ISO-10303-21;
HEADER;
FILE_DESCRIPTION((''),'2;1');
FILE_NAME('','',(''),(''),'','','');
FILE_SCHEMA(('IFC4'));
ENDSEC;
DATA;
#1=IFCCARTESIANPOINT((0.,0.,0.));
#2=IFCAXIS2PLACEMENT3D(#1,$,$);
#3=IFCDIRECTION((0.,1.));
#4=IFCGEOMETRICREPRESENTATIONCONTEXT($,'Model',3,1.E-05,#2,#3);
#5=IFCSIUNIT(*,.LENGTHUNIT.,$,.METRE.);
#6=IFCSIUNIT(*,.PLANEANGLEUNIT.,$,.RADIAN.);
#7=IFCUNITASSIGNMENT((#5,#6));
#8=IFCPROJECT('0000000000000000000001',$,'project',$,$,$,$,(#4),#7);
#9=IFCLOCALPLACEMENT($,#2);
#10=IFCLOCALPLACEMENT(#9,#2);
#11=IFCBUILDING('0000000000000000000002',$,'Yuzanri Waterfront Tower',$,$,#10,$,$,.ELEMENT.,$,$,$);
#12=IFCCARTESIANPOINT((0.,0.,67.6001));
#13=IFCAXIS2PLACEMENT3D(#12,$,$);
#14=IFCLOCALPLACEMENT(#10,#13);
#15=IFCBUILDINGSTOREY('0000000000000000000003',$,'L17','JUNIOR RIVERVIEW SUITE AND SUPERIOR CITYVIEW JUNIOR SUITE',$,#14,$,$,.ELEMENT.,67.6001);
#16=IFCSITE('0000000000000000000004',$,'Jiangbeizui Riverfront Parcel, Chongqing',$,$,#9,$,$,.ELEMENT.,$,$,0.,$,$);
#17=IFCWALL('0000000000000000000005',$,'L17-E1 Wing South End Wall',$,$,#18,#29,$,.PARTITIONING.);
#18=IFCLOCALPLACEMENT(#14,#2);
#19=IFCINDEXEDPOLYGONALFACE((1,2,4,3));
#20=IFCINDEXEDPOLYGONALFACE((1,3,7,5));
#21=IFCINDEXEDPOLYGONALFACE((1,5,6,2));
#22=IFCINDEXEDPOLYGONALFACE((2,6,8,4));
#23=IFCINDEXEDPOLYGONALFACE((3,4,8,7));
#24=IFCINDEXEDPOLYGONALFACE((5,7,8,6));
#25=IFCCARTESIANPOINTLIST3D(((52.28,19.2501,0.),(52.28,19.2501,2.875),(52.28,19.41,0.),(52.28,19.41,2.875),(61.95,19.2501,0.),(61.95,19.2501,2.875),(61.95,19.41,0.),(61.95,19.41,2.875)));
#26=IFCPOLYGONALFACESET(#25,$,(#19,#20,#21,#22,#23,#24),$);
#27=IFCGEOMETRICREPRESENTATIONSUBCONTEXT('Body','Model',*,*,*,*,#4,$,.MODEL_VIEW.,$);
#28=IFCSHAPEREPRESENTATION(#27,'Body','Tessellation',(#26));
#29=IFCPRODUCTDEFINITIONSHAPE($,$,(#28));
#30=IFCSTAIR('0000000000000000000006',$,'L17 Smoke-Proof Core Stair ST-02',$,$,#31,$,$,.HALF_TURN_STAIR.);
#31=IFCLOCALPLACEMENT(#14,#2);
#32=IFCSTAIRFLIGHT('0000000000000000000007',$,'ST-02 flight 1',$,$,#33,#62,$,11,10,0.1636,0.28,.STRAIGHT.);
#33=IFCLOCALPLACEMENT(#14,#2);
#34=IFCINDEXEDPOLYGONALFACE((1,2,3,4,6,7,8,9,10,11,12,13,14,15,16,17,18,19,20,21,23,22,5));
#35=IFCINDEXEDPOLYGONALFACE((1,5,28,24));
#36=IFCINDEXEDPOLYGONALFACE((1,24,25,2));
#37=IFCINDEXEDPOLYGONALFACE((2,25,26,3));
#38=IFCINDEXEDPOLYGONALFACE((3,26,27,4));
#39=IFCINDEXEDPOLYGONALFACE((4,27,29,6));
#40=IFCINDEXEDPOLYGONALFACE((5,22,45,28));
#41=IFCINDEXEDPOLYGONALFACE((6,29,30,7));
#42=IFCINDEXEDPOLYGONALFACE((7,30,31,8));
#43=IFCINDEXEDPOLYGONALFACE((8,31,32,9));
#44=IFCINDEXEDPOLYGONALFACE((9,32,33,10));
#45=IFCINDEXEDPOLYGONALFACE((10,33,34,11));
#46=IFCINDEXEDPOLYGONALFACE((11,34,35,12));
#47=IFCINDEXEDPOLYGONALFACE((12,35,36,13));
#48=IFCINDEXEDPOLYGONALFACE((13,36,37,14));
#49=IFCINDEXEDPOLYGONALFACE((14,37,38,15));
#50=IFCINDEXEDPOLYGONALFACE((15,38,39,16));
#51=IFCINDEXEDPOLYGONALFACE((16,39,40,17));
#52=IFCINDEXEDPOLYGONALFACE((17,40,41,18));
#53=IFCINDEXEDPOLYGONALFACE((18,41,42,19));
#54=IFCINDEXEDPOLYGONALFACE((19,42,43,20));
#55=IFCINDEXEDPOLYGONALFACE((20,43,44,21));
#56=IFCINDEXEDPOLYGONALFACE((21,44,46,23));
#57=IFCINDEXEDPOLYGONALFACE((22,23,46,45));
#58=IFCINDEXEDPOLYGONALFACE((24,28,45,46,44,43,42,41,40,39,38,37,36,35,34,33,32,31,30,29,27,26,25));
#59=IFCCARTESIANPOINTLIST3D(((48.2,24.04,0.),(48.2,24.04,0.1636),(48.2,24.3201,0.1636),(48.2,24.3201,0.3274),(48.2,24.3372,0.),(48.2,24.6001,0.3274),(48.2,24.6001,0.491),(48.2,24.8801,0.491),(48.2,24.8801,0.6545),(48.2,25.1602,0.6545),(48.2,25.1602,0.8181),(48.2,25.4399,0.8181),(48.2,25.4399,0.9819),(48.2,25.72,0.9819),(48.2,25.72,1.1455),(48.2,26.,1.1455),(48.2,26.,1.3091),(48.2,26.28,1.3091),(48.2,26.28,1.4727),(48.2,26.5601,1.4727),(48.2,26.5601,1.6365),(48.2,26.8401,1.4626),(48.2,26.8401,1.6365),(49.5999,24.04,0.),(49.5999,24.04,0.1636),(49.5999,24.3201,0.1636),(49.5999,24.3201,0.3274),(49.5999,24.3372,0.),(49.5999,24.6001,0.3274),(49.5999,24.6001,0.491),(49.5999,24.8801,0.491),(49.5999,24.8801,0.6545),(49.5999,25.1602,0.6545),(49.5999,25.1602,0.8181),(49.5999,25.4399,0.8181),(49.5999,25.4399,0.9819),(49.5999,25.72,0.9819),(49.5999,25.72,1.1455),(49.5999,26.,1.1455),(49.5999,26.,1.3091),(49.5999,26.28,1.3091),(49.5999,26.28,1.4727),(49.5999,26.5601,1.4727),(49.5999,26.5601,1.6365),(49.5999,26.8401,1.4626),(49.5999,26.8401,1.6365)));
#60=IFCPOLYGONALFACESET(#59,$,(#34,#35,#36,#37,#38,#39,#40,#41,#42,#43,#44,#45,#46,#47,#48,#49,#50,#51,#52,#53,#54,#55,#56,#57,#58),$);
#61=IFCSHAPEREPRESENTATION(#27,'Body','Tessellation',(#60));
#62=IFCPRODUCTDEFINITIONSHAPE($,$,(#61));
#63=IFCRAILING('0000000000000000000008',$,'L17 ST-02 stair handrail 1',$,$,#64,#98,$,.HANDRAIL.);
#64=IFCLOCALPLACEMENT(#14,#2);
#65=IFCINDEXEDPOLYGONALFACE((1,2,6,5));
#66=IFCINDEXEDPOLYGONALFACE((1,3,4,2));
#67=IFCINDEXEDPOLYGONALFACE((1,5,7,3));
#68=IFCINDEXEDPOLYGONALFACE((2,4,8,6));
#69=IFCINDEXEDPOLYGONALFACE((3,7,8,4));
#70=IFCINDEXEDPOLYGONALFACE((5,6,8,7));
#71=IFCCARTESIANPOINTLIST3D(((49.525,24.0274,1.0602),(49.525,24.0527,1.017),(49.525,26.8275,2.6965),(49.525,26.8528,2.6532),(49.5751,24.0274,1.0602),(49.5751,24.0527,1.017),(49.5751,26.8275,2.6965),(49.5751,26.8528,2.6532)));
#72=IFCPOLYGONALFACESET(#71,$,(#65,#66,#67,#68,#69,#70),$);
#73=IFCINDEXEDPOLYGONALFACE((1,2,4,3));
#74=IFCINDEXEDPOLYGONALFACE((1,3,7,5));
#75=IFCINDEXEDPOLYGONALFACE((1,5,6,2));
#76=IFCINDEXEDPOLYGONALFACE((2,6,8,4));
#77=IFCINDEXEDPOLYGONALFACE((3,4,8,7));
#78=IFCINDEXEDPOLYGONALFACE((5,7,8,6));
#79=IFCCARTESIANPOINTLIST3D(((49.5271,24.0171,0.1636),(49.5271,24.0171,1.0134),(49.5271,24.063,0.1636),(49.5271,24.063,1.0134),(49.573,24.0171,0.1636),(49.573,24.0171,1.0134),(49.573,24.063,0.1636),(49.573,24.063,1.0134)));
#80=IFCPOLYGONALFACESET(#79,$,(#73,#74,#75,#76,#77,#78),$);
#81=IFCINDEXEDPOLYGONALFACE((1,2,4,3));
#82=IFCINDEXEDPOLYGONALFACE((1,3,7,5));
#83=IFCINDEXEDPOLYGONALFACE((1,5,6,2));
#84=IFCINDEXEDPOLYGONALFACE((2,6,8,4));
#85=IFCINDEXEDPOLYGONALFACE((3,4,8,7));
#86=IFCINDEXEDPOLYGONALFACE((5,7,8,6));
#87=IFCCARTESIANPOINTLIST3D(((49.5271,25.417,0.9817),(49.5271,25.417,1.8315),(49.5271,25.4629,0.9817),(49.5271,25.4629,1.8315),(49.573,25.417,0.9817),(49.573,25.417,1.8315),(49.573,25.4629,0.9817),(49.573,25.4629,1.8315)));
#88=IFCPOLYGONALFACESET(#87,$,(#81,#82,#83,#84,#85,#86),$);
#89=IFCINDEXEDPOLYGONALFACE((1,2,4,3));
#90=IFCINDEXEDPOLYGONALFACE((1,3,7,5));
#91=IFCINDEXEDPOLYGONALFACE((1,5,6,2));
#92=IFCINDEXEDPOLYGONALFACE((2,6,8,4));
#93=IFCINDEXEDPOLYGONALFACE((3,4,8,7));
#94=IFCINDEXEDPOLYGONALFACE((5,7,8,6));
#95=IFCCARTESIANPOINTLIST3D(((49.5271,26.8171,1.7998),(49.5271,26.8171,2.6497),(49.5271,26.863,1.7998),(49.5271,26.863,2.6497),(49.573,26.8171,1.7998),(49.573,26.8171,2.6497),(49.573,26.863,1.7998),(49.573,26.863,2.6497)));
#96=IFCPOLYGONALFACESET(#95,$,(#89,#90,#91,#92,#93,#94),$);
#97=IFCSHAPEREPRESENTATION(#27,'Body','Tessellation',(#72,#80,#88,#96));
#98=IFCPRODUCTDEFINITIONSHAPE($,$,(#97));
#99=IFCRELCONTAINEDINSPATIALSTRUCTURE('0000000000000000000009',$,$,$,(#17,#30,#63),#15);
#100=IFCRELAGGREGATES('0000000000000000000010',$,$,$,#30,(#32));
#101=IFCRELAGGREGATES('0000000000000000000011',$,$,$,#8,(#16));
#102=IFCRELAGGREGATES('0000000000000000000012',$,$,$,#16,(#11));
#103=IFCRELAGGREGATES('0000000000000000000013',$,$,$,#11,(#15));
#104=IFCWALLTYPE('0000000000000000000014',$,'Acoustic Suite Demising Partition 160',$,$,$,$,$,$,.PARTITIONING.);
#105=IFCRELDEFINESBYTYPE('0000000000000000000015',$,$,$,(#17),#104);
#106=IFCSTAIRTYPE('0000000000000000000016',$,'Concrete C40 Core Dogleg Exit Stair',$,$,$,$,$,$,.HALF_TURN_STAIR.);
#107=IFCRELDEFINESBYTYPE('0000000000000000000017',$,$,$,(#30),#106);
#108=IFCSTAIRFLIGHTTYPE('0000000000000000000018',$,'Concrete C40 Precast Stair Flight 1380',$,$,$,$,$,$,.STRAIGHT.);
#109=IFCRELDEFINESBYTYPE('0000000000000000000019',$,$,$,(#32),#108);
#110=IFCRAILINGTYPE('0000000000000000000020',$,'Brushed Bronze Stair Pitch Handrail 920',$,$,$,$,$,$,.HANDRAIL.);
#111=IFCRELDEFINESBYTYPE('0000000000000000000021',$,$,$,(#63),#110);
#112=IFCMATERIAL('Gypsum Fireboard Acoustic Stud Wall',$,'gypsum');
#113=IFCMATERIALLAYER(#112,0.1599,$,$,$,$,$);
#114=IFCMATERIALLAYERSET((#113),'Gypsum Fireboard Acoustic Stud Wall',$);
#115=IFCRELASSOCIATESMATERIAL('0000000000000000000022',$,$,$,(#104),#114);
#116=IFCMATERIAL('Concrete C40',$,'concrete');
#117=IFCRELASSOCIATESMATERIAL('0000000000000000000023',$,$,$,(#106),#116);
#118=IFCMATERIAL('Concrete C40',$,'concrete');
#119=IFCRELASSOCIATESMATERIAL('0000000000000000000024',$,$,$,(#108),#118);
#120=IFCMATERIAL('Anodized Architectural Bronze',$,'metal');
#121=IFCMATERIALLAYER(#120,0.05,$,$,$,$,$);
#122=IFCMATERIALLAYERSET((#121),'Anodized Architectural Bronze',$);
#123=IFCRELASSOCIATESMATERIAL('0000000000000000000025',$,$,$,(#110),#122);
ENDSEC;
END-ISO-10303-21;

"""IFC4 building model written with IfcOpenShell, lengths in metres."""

from ifc_helpers import new_model, si_unit, direction, frame, frame_2d, origin, origin_2d, place, context, subcontext, project, spatial, polyline, rectangle, outline, extrude, source, transform, mapped, material, layer, layer_set, type_object, element, aggregate, save


model = new_model("IFC4")

# Units and contexts
model_context = context("Model", 3, precision=1e-05, world=origin(), true_north=direction((0.0, 1.0)))
body_context = subcontext(model_context, "Body", "Model", "MODEL_VIEW")
ifc_project = project(units=[si_unit("LENGTHUNIT", "METRE"), si_unit("PLANEANGLEUNIT", "RADIAN")], contexts=[model_context])

# Site, building, storey
site_placement = place(None, origin())
site = spatial("IfcSite", under=ifc_project, at=site_placement, Name="Jiangbeizui Riverfront Parcel, Chongqing", CompositionType="ELEMENT", RefElevation=0.0)
building_placement = place(site_placement, origin())
building = spatial("IfcBuilding", under=site, at=building_placement, Name="Yuzanri Waterfront Tower", CompositionType="ELEMENT")
storey_placement = place(building_placement, frame((0.0, 0.0, 67.6001)))
storey = spatial("IfcBuildingStorey", under=building, at=storey_placement, Name="L17", Description="JUNIOR RIVERVIEW SUITE AND SUPERIOR CITYVIEW JUNIOR SUITE", CompositionType="ELEMENT", Elevation=67.6001)

# Wall
ifc_material_1 = material(Name="Gypsum Fireboard Acoustic Stud Wall", Category="gypsum")
ifc_layer_1 = layer(ifc_material_1, 0.1599)
ifc_layer_set_1 = layer_set([ifc_layer_1], Name="Gypsum Fireboard Acoustic Stud Wall")
wall_type_1 = type_object("IfcWallType", Name="Acoustic Suite Demising Partition 160", PredefinedType="PARTITIONING", material=ifc_layer_set_1)
shared_shape_1 = source(origin(), body_context, "Body", "SweptSolid", [
    extrude(rectangle(XDim=9.6699, YDim=0.1599, at=frame_2d((4.835, 0.0))), origin(), (0.0, 0.0, 1.0), 2.875),
])
wall_1_placement = place(storey_placement, frame((52.28, 19.3301, 0.0), z_axis=(0.0, 0.0, 1.0), x_axis=(1.0, 0.0, 0.0)))
element("IfcWall", 1, at=wall_1_placement, inside=storey, type_object=wall_type_1, Name="L17-E1 Wing South End Wall", PredefinedType="PARTITIONING", context=body_context, shape_type="MappedRepresentation", body=[
    mapped(shared_shape_1, transform((0.0, 0.0, 0.0), scale=1.0)),
])

# Stair, stair flight
ifc_material_2 = material(Name="Concrete C40", Category="concrete")
stair_type = type_object("IfcStairType", Name="Concrete C40 Core Dogleg Exit Stair", PredefinedType="HALF_TURN_STAIR", material=ifc_material_2)
stair_placement = place(storey_placement, origin())
stair = element("IfcStair", 2, at=stair_placement, inside=storey, type_object=stair_type, Name="L17 Smoke-Proof Core Stair ST-02", PredefinedType="HALF_TURN_STAIR")
ifc_material_3 = material(Name="Concrete C40", Category="concrete")
stair_flight_type = type_object("IfcStairFlightType", Name="Concrete C40 Precast Stair Flight 1380", PredefinedType="STRAIGHT", material=ifc_material_3)
shared_shape_2 = source(origin(), body_context, "Body", "SweptSolid", [
    extrude(outline(polyline([(0.0, 0.0), (0.0, 0.1636), (0.28, 0.1636), (0.28, 0.3274), (0.5601, 0.3274), (0.5601, 0.491), (0.8401, 0.491), (0.8401, 0.6545), (1.1201, 0.6545), (1.1201, 0.8181), (1.3999, 0.8181), (1.3999, 0.9819), (1.6799, 0.9819), (1.6799, 1.1455), (1.96, 1.1455), (1.96, 1.3091), (2.24, 1.3091), (2.24, 1.4727), (2.52, 1.4727), (2.52, 1.6365), (2.8, 1.6365), (2.8, 1.8), (2.8, 1.4626), (0.2971, 0.0), (0.0, 0.0)])), frame((0.0, 0.7, 0.0), z_axis=(0.0, -1.0, 0.0), x_axis=(1.0, 0.0, 0.0)), (0.0, 0.0, 1.0), 1.3999),
])
stair_flight_placement = place(storey_placement, frame((48.8999, 24.04, 0.0), z_axis=(0.0, 0.0, 1.0), x_axis=(0.0, 1.0, 0.0)))
stair_flight = element("IfcStairFlight", 3, at=stair_flight_placement, type_object=stair_flight_type, Name="ST-02 flight 1", NumberOfRisers=11, NumberOfTreads=10, PredefinedType="STRAIGHT", RiserHeight=0.1636, TreadLength=0.28, context=body_context, shape_type="MappedRepresentation", body=[
    mapped(shared_shape_2, transform((0.0, 0.0, 0.0), scale=1.0)),
])
aggregate(stair, [stair_flight])

# Railing
ifc_material_4 = material(Name="Anodized Architectural Bronze", Category="metal")
ifc_layer_2 = layer(ifc_material_4, 0.05)
ifc_layer_set_2 = layer_set([ifc_layer_2], Name="Anodized Architectural Bronze")
railing_type = type_object("IfcRailingType", Name="Brushed Bronze Stair Pitch Handrail 920", PredefinedType="HANDRAIL", material=ifc_layer_set_2)
shared_shape_3 = source(origin(), body_context, "Body", "SweptSolid", [
    extrude(rectangle(XDim=0.05, YDim=0.05, at=origin_2d()), frame((0.0, 0.0, 0.875), z_axis=(0.0, 0.863394, 0.504531), x_axis=(-1.0, 0.0, 0.0)), (0.0, 0.0, 1.0), 3.2432),
    extrude(rectangle(XDim=0.0459, YDim=0.0459, at=origin_2d()), origin(), (0.0, 0.0, 1.0), 0.8499),
    extrude(rectangle(XDim=0.0459, YDim=0.0459, at=origin_2d()), frame((0.0, 1.3999, 0.8181)), (0.0, 0.0, 1.0), 0.8499),
    extrude(rectangle(XDim=0.0459, YDim=0.0459, at=origin_2d()), frame((0.0, 2.8, 1.6362)), (0.0, 0.0, 1.0), 0.8499),
])
railing_placement = place(storey_placement, frame((49.55, 24.04, 0.1636)))
element("IfcRailing", 4, at=railing_placement, inside=storey, type_object=railing_type, Name="L17 ST-02 stair handrail 1", PredefinedType="HANDRAIL", context=body_context, shape_type="MappedRepresentation", body=[
    mapped(shared_shape_3, transform((0.0, 0.0, 0.0), scale=1.0)),
])

save(model, "model.ifc")
